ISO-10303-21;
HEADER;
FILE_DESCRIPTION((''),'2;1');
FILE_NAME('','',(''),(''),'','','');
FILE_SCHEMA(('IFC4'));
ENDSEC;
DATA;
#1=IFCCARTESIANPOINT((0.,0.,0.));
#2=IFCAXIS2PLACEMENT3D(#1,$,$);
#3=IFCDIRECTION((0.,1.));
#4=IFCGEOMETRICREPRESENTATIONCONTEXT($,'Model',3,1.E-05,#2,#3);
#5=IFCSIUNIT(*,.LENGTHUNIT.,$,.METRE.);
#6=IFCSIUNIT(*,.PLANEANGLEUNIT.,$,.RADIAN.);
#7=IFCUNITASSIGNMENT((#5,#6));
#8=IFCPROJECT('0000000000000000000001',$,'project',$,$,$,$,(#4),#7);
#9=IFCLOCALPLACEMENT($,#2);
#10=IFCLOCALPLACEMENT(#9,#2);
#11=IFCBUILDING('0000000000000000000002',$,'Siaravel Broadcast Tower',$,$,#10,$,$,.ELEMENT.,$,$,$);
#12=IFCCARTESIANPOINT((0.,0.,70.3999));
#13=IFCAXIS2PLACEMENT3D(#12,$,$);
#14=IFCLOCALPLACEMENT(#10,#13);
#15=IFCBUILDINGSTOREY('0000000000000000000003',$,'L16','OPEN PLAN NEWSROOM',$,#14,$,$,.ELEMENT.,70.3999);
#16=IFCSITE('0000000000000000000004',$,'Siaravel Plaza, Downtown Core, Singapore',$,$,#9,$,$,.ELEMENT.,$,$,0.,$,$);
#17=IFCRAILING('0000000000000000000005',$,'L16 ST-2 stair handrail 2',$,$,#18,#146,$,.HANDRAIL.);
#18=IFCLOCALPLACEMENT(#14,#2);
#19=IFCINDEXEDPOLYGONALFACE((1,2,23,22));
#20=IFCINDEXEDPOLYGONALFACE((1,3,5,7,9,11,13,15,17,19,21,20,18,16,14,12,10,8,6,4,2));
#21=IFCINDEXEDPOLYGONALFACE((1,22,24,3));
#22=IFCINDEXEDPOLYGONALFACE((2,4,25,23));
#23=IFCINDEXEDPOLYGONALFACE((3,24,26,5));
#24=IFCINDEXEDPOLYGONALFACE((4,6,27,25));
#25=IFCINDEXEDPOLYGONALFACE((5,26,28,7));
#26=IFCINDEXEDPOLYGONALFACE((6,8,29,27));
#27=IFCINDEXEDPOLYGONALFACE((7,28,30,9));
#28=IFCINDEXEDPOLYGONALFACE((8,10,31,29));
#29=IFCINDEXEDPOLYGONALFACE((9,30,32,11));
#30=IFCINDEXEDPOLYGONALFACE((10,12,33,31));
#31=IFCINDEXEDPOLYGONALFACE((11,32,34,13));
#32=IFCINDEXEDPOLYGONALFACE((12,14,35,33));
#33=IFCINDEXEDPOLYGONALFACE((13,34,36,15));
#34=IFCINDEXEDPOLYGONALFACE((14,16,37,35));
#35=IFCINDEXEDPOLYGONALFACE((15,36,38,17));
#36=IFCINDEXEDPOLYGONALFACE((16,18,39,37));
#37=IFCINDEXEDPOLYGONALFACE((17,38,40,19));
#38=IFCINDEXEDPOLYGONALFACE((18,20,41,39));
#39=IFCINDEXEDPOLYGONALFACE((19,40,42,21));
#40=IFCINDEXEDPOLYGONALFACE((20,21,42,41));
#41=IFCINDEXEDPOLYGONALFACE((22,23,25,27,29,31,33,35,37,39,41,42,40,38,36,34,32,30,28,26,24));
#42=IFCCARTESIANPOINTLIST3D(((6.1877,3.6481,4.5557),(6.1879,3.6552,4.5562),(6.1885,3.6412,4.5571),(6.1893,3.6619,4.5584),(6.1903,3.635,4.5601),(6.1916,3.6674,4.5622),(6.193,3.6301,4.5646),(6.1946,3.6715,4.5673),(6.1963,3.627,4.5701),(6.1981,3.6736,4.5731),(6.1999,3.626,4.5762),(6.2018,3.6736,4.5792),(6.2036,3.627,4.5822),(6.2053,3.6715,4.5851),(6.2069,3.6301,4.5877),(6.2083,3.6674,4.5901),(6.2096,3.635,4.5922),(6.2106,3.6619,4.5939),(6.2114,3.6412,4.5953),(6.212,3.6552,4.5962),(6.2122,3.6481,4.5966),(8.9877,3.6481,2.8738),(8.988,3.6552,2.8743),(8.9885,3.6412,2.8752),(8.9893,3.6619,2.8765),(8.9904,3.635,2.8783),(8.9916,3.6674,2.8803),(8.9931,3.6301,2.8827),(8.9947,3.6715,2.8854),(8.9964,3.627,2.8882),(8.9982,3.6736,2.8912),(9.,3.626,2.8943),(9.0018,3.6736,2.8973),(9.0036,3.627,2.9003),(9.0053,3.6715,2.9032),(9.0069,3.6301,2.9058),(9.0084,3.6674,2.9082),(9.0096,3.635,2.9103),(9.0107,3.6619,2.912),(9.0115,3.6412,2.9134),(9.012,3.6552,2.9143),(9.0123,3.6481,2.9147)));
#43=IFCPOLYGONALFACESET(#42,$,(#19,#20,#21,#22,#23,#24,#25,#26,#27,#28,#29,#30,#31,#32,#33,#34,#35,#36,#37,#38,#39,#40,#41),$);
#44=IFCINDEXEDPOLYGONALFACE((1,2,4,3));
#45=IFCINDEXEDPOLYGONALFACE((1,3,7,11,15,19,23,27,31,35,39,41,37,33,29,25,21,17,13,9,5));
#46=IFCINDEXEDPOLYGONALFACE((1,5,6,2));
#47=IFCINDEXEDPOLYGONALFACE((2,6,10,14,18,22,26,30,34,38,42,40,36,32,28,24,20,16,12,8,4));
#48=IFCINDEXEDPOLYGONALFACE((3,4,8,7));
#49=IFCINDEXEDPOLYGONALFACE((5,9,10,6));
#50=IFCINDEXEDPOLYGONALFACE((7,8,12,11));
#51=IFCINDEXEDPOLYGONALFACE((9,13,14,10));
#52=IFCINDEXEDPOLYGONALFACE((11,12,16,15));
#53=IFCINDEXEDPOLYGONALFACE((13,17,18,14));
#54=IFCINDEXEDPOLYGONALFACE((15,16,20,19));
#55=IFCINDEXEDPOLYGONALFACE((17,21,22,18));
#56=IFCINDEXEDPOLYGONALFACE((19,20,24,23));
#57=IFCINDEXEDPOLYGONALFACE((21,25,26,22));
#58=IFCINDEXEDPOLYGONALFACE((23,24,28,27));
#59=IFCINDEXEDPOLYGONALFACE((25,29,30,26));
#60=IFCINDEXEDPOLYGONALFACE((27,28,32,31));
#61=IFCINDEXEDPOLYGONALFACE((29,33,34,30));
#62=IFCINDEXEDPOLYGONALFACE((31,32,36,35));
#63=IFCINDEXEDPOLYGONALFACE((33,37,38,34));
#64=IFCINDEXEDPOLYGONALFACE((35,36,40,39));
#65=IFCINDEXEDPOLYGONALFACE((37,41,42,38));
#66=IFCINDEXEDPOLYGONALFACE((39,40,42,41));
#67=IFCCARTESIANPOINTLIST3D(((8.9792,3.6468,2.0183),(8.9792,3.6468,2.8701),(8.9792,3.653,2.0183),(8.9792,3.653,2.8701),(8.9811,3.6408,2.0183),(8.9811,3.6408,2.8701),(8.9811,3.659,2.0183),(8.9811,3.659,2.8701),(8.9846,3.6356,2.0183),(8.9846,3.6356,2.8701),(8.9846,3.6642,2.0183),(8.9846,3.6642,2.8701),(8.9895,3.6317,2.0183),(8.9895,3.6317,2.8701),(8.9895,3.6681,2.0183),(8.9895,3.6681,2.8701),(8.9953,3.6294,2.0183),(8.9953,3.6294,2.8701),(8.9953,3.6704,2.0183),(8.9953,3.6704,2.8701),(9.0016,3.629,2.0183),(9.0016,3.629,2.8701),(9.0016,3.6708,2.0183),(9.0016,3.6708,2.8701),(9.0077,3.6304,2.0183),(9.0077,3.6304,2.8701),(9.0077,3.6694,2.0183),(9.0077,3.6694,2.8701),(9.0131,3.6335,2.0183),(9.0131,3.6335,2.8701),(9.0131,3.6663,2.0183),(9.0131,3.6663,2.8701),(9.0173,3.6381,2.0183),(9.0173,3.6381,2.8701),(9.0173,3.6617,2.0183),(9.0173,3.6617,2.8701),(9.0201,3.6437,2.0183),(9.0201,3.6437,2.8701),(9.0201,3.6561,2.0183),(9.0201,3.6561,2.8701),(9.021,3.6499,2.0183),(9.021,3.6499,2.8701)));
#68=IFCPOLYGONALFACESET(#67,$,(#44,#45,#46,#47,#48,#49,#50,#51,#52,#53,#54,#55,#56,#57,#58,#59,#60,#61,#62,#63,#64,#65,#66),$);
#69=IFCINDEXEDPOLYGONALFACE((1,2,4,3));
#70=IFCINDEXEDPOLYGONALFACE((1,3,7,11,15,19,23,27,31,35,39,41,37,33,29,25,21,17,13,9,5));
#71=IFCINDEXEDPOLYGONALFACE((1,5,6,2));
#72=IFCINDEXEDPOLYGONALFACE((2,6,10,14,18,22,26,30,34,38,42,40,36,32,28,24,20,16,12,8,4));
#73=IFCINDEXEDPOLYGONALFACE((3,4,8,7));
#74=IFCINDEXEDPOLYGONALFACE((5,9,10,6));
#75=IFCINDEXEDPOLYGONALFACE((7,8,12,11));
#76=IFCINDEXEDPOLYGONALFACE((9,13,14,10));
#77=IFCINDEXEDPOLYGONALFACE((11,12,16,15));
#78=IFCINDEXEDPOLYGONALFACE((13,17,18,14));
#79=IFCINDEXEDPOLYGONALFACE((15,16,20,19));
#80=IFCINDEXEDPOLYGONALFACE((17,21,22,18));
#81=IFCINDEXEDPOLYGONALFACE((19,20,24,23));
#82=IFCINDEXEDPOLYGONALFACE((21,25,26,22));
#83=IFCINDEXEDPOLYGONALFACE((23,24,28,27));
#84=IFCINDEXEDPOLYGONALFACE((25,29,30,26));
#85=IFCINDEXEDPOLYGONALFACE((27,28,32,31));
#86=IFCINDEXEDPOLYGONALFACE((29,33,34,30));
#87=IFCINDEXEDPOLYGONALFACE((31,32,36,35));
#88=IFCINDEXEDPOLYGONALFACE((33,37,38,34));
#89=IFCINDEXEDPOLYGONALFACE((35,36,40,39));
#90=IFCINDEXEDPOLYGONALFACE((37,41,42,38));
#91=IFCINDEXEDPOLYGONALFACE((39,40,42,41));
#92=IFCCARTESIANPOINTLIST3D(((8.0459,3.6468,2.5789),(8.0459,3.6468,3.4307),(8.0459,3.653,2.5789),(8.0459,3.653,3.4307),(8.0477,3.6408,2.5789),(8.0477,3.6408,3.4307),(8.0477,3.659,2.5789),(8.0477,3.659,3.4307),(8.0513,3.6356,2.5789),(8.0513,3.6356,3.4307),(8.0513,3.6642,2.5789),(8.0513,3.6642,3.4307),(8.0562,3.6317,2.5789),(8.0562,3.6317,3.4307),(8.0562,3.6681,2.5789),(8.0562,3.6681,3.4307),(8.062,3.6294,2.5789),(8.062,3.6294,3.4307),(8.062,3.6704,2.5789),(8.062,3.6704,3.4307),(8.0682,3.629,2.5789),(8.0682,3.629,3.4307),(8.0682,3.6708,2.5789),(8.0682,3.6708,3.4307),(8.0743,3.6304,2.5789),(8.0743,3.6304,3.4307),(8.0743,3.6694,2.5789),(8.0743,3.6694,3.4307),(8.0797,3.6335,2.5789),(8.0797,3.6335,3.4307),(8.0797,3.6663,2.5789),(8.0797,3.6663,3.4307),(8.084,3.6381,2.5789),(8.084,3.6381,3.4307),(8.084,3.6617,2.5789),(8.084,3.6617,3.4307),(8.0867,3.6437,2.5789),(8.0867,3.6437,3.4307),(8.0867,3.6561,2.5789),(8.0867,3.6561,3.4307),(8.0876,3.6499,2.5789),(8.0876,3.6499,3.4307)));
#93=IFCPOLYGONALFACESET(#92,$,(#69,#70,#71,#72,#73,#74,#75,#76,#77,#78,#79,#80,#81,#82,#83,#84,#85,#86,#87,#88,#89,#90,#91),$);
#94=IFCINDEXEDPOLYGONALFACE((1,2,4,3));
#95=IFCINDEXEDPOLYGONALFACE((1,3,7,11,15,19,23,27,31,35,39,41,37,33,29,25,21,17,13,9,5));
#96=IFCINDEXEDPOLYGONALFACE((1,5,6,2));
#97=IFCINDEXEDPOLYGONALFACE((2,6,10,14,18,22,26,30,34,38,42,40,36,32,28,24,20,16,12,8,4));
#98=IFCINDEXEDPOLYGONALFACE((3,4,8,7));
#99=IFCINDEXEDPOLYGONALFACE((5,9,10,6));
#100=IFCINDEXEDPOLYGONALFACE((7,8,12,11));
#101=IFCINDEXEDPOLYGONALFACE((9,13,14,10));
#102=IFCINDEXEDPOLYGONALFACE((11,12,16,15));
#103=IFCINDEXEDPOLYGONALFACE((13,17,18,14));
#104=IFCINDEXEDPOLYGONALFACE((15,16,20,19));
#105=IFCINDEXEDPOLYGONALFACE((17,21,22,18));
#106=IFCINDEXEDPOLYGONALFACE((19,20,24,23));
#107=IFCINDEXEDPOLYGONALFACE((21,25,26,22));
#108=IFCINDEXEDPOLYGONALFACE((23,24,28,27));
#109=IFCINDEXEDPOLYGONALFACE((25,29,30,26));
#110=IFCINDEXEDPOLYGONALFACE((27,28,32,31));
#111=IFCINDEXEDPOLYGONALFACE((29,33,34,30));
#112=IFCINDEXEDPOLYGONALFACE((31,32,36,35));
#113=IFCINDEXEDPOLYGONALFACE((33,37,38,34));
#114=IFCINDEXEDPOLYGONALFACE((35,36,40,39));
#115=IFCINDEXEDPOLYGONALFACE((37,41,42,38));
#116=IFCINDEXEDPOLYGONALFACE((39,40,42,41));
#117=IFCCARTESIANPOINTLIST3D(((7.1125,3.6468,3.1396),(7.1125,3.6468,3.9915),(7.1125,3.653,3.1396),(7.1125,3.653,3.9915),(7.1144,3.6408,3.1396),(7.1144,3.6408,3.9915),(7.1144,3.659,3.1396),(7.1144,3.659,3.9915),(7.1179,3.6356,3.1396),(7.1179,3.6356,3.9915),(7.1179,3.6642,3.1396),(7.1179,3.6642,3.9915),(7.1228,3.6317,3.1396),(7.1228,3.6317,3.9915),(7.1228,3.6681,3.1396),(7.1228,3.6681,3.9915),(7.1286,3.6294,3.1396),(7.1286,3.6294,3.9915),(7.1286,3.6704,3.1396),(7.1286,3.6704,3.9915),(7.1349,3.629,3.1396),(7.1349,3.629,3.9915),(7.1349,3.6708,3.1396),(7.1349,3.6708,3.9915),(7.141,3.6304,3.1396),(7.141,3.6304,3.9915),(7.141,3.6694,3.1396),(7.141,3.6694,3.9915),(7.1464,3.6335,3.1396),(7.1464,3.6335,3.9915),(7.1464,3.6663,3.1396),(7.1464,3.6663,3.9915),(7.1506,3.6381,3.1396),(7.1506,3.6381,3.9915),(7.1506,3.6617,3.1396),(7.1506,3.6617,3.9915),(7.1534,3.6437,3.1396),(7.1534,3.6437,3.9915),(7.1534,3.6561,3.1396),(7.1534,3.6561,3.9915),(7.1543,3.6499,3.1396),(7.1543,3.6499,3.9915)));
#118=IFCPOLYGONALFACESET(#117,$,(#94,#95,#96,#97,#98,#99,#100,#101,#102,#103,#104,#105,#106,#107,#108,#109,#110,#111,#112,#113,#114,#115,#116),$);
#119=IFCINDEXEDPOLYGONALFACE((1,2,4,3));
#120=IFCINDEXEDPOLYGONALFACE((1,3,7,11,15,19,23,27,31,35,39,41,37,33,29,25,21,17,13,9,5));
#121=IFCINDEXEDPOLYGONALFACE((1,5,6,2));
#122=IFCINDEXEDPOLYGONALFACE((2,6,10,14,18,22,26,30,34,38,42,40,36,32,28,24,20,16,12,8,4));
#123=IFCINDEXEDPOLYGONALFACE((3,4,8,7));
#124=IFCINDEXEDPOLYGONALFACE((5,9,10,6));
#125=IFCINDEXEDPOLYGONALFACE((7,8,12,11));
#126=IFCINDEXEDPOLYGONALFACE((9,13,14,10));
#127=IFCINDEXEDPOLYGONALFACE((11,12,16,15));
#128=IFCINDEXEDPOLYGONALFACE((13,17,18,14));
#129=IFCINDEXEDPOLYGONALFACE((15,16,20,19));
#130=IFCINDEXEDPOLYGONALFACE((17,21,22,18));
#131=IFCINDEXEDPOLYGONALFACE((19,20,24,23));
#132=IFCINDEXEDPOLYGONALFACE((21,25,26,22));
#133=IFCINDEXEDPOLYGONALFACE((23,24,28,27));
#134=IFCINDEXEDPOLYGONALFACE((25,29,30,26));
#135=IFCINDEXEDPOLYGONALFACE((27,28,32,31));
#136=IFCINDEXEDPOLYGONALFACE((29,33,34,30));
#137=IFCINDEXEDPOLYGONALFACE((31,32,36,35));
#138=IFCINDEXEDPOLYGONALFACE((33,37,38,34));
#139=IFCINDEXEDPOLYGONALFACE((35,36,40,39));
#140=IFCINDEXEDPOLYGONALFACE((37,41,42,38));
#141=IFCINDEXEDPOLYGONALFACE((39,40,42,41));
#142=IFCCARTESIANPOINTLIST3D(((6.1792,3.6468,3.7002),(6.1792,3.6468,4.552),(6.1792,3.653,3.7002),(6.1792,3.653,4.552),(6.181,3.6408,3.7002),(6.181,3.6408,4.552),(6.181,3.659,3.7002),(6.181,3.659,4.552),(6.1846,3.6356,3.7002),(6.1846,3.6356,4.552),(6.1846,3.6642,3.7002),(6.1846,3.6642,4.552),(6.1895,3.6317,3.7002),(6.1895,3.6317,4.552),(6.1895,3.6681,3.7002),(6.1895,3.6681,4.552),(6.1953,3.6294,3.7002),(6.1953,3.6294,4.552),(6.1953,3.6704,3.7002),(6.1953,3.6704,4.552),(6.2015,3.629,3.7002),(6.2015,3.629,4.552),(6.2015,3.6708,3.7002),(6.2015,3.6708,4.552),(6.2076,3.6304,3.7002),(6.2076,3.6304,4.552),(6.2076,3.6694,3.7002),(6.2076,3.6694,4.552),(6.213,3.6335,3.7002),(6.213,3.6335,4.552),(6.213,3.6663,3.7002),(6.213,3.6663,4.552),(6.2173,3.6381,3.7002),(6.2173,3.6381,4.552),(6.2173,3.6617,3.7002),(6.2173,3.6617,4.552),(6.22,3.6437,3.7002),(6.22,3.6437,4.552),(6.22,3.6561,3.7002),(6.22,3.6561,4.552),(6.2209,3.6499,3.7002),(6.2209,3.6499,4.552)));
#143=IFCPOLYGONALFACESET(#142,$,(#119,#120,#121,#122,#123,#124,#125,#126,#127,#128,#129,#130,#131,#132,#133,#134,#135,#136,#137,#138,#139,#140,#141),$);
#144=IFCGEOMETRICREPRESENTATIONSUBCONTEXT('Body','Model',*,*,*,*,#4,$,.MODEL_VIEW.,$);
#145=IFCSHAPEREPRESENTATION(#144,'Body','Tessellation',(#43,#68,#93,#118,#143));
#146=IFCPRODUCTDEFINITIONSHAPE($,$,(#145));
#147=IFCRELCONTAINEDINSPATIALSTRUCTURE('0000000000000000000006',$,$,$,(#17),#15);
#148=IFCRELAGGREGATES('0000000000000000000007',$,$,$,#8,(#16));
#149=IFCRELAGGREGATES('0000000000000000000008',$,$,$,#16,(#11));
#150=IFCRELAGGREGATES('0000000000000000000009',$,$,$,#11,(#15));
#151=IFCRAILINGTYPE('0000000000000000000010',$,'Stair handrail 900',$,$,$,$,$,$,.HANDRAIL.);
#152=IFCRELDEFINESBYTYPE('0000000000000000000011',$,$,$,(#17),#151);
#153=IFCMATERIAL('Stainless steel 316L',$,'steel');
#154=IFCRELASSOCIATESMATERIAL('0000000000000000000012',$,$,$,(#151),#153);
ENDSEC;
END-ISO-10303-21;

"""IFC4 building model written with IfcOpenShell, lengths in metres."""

from ifc_helpers import new_model, si_unit, direction, frame, origin, origin_2d, place, context, subcontext, project, spatial, circle, extrude, material, type_object, element, save


model = new_model("IFC4")

# Units and contexts
model_context = context("Model", 3, precision=1e-05, world=origin(), true_north=direction((0.0, 1.0)))
body_context = subcontext(model_context, "Body", "Model", "MODEL_VIEW")
ifc_project = project(units=[si_unit("LENGTHUNIT", "METRE"), si_unit("PLANEANGLEUNIT", "RADIAN")], contexts=[model_context])

# Site, building, storey
site_placement = place(None, origin())
site = spatial("IfcSite", under=ifc_project, at=site_placement, Name="Siaravel Plaza, Downtown Core, Singapore", CompositionType="ELEMENT", RefElevation=0.0)
building_placement = place(site_placement, origin())
building = spatial("IfcBuilding", under=site, at=building_placement, Name="Siaravel Broadcast Tower", CompositionType="ELEMENT")
storey_placement = place(building_placement, frame((0.0, 0.0, 70.3999)))
storey = spatial("IfcBuildingStorey", under=building, at=storey_placement, Name="L16", Description="OPEN PLAN NEWSROOM", CompositionType="ELEMENT", Elevation=70.3999)

# Railing
ifc_material_1 = material(Name="Stainless steel 316L", Category="steel")
railing_type_1 = type_object("IfcRailingType", Name="Stair handrail 900", PredefinedType="HANDRAIL", material=ifc_material_1)
railing_1_placement = place(storey_placement, frame((9.0, 3.6499, 2.0183)))
element("IfcRailing", 1, at=railing_1_placement, inside=storey, type_object=railing_type_1, Name="L16 ST-2 stair handrail 2", PredefinedType="HANDRAIL", context=body_context, shape_type="SweptSolid", body=[
    extrude(circle(Radius=0.0239, at=origin_2d()), frame((0.0, 0.0, 0.876), z_axis=(-0.857242, 0.0, 0.514913), x_axis=(0.0, -1.0, 0.0)), (0.0, 0.0, 1.0), 3.2664),
    extrude(circle(Radius=0.021, at=origin_2d()), origin(), (0.0, 0.0, 1.0), 0.8518),
    extrude(circle(Radius=0.021, at=origin_2d()), frame((-0.9333, 0.0, 0.5605)), (0.0, 0.0, 1.0), 0.8518),
    extrude(circle(Radius=0.021, at=origin_2d()), frame((-1.8667, 0.0, 1.1213)), (0.0, 0.0, 1.0), 0.8518),
    extrude(circle(Radius=0.021, at=origin_2d()), frame((-2.8, 0.0, 1.6819)), (0.0, 0.0, 1.0), 0.8518),
])

save(model, "model.ifc")
